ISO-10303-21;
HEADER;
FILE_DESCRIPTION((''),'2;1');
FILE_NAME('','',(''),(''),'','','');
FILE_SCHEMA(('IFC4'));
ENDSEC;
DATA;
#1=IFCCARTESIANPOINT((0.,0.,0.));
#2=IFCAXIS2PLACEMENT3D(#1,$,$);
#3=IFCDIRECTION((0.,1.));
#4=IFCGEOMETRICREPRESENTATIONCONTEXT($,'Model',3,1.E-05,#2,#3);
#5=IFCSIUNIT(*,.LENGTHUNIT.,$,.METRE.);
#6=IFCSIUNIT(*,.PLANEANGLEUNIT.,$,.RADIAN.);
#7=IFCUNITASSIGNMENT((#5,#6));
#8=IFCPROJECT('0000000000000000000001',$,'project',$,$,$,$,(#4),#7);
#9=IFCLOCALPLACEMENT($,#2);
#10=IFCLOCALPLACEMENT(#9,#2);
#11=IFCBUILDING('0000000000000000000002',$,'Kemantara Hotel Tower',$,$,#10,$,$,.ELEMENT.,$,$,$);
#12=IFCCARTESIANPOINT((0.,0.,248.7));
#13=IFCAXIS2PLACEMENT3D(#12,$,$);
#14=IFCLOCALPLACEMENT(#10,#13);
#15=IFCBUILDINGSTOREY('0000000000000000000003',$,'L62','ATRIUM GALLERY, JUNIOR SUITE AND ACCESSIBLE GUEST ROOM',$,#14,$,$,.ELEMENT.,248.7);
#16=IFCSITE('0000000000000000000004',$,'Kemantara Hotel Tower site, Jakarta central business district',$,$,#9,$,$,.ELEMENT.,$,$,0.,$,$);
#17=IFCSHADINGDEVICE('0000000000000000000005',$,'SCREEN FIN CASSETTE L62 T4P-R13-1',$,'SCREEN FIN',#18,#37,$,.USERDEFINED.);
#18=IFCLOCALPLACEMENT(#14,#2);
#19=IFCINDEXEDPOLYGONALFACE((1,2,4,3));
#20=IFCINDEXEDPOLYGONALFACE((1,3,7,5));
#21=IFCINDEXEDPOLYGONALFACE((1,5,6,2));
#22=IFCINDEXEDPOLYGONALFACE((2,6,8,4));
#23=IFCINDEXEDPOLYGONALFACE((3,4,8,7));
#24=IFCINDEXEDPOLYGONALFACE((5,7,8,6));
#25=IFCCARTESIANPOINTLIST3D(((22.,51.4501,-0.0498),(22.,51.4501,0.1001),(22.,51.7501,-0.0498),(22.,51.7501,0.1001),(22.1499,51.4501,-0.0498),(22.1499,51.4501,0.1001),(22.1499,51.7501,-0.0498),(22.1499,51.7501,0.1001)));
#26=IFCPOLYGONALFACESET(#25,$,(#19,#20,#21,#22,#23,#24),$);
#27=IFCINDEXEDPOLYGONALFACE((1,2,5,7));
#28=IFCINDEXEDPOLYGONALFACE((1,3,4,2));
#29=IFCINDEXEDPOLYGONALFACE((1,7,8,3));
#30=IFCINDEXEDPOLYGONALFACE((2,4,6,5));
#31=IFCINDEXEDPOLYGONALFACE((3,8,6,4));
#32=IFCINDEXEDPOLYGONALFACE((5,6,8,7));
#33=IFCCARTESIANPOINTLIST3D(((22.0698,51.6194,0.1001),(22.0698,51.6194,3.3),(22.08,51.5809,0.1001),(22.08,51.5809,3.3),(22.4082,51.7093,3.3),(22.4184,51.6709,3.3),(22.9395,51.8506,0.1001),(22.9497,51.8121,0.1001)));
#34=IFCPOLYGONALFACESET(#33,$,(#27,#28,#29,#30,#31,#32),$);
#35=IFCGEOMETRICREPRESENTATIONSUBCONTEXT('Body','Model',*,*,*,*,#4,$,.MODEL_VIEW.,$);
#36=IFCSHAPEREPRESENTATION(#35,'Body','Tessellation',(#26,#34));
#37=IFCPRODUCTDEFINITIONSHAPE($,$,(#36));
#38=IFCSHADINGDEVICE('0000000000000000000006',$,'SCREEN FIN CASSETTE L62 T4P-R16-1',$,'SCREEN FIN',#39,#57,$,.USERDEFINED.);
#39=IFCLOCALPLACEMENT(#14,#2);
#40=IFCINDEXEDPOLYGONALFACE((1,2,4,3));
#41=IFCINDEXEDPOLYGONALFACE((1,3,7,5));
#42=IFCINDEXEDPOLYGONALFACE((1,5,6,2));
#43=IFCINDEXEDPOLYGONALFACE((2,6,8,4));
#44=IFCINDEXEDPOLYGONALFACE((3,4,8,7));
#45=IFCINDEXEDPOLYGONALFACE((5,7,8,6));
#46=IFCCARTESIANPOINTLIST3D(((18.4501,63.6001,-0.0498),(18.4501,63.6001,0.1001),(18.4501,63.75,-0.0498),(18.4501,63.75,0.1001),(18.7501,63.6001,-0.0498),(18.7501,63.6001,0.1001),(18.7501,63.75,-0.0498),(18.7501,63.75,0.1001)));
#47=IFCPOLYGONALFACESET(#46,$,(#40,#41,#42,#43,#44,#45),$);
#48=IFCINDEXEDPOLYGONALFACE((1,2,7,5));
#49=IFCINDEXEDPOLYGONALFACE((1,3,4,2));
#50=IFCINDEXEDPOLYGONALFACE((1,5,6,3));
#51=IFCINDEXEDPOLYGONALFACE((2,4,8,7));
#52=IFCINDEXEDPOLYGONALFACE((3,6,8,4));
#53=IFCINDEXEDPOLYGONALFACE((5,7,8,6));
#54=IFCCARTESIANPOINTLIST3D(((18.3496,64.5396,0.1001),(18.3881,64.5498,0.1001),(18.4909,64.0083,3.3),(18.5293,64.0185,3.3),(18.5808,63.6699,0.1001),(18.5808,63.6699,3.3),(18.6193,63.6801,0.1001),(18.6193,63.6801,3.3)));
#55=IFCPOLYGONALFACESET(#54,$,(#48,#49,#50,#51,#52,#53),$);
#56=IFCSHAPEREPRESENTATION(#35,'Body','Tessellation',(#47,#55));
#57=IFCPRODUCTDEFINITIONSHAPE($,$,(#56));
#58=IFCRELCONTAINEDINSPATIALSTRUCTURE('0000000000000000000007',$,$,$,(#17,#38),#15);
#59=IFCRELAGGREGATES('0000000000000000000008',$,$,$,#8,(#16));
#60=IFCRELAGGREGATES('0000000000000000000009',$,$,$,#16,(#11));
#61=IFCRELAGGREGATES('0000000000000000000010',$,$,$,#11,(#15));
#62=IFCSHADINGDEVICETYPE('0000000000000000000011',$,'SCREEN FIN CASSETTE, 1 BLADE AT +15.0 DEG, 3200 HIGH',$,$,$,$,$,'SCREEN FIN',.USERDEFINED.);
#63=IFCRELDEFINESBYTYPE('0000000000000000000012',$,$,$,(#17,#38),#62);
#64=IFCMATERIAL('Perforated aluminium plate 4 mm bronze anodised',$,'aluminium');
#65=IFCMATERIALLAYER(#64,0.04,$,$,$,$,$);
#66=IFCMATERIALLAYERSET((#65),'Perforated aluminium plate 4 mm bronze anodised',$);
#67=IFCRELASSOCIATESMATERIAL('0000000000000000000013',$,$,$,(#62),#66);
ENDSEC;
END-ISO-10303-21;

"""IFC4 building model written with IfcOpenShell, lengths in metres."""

from ifc_helpers import new_model, si_unit, direction, frame, origin, origin_2d, place, context, subcontext, project, spatial, polyline, rectangle, outline, extrude, source, transform, mapped, material, layer, layer_set, type_object, element, save


model = new_model("IFC4")

# Units and contexts
model_context = context("Model", 3, precision=1e-05, world=origin(), true_north=direction((0.0, 1.0)))
body_context = subcontext(model_context, "Body", "Model", "MODEL_VIEW")
ifc_project = project(units=[si_unit("LENGTHUNIT", "METRE"), si_unit("PLANEANGLEUNIT", "RADIAN")], contexts=[model_context])

# Site, building, storey
site_placement = place(None, origin())
site = spatial("IfcSite", under=ifc_project, at=site_placement, Name="Kemantara Hotel Tower site, Jakarta central business district", CompositionType="ELEMENT", RefElevation=0.0)
building_placement = place(site_placement, origin())
building = spatial("IfcBuilding", under=site, at=building_placement, Name="Kemantara Hotel Tower", CompositionType="ELEMENT")
storey_placement = place(building_placement, frame((0.0, 0.0, 248.7)))
storey = spatial("IfcBuildingStorey", under=building, at=storey_placement, Name="L62", Description="ATRIUM GALLERY, JUNIOR SUITE AND ACCESSIBLE GUEST ROOM", CompositionType="ELEMENT", Elevation=248.7)

# Shading devices
ifc_material_1 = material(Name="Perforated aluminium plate 4 mm bronze anodised", Category="aluminium")
ifc_layer_1 = layer(ifc_material_1, 0.04)
ifc_layer_set_1 = layer_set([ifc_layer_1], Name="Perforated aluminium plate 4 mm bronze anodised")
shading_device_type_1 = type_object("IfcShadingDeviceType", Name="SCREEN FIN CASSETTE, 1 BLADE AT +15.0 DEG, 3200 HIGH", ElementType="SCREEN FIN", PredefinedType="USERDEFINED", material=ifc_layer_set_1)
shared_shape_1 = source(origin(), body_context, "Body", "SweptSolid", [
    extrude(rectangle(XDim=0.3, YDim=0.1499, at=origin_2d()), frame((0.0, -0.075, -0.1499), z_axis=(0.0, 0.0, 1.0), x_axis=(1.0, 0.0, 0.0)), (0.0, 0.0, 1.0), 0.1499),
    extrude(outline(polyline([(0.0, 0.0), (0.8999, 0.0), (0.3501, 3.2), (0.0, 3.2), (0.0, 0.0)])), frame((0.0193, -0.0698, 0.0), z_axis=(-0.966438, -0.256901, 0.0), x_axis=(0.256901, -0.966438, 0.0)), (0.0, 0.0, 1.0), 0.0398),
])
for number, where, z_axis, x_axis, name in (
    (1, (22.0, 51.6001, 0.1001), (0.0, 0.0, 1.0), (0.0, 1.0, 0.0), "SCREEN FIN CASSETTE L62 T4P-R13-1"),
    (2, (18.6001, 63.6001, 0.1001), (0.0, 0.0, 1.0), (-1.0, 0.0, 0.0), "SCREEN FIN CASSETTE L62 T4P-R16-1"),
):
    element("IfcShadingDevice", number, at=place(storey_placement, frame(where, z_axis=z_axis, x_axis=x_axis)), inside=storey, type_object=shading_device_type_1, Name=name, ObjectType="SCREEN FIN", PredefinedType="USERDEFINED", context=body_context, shape_type="MappedRepresentation", body=[
        mapped(shared_shape_1, transform((0.0, 0.0, 0.0))),
    ])

save(model, "model.ifc")
